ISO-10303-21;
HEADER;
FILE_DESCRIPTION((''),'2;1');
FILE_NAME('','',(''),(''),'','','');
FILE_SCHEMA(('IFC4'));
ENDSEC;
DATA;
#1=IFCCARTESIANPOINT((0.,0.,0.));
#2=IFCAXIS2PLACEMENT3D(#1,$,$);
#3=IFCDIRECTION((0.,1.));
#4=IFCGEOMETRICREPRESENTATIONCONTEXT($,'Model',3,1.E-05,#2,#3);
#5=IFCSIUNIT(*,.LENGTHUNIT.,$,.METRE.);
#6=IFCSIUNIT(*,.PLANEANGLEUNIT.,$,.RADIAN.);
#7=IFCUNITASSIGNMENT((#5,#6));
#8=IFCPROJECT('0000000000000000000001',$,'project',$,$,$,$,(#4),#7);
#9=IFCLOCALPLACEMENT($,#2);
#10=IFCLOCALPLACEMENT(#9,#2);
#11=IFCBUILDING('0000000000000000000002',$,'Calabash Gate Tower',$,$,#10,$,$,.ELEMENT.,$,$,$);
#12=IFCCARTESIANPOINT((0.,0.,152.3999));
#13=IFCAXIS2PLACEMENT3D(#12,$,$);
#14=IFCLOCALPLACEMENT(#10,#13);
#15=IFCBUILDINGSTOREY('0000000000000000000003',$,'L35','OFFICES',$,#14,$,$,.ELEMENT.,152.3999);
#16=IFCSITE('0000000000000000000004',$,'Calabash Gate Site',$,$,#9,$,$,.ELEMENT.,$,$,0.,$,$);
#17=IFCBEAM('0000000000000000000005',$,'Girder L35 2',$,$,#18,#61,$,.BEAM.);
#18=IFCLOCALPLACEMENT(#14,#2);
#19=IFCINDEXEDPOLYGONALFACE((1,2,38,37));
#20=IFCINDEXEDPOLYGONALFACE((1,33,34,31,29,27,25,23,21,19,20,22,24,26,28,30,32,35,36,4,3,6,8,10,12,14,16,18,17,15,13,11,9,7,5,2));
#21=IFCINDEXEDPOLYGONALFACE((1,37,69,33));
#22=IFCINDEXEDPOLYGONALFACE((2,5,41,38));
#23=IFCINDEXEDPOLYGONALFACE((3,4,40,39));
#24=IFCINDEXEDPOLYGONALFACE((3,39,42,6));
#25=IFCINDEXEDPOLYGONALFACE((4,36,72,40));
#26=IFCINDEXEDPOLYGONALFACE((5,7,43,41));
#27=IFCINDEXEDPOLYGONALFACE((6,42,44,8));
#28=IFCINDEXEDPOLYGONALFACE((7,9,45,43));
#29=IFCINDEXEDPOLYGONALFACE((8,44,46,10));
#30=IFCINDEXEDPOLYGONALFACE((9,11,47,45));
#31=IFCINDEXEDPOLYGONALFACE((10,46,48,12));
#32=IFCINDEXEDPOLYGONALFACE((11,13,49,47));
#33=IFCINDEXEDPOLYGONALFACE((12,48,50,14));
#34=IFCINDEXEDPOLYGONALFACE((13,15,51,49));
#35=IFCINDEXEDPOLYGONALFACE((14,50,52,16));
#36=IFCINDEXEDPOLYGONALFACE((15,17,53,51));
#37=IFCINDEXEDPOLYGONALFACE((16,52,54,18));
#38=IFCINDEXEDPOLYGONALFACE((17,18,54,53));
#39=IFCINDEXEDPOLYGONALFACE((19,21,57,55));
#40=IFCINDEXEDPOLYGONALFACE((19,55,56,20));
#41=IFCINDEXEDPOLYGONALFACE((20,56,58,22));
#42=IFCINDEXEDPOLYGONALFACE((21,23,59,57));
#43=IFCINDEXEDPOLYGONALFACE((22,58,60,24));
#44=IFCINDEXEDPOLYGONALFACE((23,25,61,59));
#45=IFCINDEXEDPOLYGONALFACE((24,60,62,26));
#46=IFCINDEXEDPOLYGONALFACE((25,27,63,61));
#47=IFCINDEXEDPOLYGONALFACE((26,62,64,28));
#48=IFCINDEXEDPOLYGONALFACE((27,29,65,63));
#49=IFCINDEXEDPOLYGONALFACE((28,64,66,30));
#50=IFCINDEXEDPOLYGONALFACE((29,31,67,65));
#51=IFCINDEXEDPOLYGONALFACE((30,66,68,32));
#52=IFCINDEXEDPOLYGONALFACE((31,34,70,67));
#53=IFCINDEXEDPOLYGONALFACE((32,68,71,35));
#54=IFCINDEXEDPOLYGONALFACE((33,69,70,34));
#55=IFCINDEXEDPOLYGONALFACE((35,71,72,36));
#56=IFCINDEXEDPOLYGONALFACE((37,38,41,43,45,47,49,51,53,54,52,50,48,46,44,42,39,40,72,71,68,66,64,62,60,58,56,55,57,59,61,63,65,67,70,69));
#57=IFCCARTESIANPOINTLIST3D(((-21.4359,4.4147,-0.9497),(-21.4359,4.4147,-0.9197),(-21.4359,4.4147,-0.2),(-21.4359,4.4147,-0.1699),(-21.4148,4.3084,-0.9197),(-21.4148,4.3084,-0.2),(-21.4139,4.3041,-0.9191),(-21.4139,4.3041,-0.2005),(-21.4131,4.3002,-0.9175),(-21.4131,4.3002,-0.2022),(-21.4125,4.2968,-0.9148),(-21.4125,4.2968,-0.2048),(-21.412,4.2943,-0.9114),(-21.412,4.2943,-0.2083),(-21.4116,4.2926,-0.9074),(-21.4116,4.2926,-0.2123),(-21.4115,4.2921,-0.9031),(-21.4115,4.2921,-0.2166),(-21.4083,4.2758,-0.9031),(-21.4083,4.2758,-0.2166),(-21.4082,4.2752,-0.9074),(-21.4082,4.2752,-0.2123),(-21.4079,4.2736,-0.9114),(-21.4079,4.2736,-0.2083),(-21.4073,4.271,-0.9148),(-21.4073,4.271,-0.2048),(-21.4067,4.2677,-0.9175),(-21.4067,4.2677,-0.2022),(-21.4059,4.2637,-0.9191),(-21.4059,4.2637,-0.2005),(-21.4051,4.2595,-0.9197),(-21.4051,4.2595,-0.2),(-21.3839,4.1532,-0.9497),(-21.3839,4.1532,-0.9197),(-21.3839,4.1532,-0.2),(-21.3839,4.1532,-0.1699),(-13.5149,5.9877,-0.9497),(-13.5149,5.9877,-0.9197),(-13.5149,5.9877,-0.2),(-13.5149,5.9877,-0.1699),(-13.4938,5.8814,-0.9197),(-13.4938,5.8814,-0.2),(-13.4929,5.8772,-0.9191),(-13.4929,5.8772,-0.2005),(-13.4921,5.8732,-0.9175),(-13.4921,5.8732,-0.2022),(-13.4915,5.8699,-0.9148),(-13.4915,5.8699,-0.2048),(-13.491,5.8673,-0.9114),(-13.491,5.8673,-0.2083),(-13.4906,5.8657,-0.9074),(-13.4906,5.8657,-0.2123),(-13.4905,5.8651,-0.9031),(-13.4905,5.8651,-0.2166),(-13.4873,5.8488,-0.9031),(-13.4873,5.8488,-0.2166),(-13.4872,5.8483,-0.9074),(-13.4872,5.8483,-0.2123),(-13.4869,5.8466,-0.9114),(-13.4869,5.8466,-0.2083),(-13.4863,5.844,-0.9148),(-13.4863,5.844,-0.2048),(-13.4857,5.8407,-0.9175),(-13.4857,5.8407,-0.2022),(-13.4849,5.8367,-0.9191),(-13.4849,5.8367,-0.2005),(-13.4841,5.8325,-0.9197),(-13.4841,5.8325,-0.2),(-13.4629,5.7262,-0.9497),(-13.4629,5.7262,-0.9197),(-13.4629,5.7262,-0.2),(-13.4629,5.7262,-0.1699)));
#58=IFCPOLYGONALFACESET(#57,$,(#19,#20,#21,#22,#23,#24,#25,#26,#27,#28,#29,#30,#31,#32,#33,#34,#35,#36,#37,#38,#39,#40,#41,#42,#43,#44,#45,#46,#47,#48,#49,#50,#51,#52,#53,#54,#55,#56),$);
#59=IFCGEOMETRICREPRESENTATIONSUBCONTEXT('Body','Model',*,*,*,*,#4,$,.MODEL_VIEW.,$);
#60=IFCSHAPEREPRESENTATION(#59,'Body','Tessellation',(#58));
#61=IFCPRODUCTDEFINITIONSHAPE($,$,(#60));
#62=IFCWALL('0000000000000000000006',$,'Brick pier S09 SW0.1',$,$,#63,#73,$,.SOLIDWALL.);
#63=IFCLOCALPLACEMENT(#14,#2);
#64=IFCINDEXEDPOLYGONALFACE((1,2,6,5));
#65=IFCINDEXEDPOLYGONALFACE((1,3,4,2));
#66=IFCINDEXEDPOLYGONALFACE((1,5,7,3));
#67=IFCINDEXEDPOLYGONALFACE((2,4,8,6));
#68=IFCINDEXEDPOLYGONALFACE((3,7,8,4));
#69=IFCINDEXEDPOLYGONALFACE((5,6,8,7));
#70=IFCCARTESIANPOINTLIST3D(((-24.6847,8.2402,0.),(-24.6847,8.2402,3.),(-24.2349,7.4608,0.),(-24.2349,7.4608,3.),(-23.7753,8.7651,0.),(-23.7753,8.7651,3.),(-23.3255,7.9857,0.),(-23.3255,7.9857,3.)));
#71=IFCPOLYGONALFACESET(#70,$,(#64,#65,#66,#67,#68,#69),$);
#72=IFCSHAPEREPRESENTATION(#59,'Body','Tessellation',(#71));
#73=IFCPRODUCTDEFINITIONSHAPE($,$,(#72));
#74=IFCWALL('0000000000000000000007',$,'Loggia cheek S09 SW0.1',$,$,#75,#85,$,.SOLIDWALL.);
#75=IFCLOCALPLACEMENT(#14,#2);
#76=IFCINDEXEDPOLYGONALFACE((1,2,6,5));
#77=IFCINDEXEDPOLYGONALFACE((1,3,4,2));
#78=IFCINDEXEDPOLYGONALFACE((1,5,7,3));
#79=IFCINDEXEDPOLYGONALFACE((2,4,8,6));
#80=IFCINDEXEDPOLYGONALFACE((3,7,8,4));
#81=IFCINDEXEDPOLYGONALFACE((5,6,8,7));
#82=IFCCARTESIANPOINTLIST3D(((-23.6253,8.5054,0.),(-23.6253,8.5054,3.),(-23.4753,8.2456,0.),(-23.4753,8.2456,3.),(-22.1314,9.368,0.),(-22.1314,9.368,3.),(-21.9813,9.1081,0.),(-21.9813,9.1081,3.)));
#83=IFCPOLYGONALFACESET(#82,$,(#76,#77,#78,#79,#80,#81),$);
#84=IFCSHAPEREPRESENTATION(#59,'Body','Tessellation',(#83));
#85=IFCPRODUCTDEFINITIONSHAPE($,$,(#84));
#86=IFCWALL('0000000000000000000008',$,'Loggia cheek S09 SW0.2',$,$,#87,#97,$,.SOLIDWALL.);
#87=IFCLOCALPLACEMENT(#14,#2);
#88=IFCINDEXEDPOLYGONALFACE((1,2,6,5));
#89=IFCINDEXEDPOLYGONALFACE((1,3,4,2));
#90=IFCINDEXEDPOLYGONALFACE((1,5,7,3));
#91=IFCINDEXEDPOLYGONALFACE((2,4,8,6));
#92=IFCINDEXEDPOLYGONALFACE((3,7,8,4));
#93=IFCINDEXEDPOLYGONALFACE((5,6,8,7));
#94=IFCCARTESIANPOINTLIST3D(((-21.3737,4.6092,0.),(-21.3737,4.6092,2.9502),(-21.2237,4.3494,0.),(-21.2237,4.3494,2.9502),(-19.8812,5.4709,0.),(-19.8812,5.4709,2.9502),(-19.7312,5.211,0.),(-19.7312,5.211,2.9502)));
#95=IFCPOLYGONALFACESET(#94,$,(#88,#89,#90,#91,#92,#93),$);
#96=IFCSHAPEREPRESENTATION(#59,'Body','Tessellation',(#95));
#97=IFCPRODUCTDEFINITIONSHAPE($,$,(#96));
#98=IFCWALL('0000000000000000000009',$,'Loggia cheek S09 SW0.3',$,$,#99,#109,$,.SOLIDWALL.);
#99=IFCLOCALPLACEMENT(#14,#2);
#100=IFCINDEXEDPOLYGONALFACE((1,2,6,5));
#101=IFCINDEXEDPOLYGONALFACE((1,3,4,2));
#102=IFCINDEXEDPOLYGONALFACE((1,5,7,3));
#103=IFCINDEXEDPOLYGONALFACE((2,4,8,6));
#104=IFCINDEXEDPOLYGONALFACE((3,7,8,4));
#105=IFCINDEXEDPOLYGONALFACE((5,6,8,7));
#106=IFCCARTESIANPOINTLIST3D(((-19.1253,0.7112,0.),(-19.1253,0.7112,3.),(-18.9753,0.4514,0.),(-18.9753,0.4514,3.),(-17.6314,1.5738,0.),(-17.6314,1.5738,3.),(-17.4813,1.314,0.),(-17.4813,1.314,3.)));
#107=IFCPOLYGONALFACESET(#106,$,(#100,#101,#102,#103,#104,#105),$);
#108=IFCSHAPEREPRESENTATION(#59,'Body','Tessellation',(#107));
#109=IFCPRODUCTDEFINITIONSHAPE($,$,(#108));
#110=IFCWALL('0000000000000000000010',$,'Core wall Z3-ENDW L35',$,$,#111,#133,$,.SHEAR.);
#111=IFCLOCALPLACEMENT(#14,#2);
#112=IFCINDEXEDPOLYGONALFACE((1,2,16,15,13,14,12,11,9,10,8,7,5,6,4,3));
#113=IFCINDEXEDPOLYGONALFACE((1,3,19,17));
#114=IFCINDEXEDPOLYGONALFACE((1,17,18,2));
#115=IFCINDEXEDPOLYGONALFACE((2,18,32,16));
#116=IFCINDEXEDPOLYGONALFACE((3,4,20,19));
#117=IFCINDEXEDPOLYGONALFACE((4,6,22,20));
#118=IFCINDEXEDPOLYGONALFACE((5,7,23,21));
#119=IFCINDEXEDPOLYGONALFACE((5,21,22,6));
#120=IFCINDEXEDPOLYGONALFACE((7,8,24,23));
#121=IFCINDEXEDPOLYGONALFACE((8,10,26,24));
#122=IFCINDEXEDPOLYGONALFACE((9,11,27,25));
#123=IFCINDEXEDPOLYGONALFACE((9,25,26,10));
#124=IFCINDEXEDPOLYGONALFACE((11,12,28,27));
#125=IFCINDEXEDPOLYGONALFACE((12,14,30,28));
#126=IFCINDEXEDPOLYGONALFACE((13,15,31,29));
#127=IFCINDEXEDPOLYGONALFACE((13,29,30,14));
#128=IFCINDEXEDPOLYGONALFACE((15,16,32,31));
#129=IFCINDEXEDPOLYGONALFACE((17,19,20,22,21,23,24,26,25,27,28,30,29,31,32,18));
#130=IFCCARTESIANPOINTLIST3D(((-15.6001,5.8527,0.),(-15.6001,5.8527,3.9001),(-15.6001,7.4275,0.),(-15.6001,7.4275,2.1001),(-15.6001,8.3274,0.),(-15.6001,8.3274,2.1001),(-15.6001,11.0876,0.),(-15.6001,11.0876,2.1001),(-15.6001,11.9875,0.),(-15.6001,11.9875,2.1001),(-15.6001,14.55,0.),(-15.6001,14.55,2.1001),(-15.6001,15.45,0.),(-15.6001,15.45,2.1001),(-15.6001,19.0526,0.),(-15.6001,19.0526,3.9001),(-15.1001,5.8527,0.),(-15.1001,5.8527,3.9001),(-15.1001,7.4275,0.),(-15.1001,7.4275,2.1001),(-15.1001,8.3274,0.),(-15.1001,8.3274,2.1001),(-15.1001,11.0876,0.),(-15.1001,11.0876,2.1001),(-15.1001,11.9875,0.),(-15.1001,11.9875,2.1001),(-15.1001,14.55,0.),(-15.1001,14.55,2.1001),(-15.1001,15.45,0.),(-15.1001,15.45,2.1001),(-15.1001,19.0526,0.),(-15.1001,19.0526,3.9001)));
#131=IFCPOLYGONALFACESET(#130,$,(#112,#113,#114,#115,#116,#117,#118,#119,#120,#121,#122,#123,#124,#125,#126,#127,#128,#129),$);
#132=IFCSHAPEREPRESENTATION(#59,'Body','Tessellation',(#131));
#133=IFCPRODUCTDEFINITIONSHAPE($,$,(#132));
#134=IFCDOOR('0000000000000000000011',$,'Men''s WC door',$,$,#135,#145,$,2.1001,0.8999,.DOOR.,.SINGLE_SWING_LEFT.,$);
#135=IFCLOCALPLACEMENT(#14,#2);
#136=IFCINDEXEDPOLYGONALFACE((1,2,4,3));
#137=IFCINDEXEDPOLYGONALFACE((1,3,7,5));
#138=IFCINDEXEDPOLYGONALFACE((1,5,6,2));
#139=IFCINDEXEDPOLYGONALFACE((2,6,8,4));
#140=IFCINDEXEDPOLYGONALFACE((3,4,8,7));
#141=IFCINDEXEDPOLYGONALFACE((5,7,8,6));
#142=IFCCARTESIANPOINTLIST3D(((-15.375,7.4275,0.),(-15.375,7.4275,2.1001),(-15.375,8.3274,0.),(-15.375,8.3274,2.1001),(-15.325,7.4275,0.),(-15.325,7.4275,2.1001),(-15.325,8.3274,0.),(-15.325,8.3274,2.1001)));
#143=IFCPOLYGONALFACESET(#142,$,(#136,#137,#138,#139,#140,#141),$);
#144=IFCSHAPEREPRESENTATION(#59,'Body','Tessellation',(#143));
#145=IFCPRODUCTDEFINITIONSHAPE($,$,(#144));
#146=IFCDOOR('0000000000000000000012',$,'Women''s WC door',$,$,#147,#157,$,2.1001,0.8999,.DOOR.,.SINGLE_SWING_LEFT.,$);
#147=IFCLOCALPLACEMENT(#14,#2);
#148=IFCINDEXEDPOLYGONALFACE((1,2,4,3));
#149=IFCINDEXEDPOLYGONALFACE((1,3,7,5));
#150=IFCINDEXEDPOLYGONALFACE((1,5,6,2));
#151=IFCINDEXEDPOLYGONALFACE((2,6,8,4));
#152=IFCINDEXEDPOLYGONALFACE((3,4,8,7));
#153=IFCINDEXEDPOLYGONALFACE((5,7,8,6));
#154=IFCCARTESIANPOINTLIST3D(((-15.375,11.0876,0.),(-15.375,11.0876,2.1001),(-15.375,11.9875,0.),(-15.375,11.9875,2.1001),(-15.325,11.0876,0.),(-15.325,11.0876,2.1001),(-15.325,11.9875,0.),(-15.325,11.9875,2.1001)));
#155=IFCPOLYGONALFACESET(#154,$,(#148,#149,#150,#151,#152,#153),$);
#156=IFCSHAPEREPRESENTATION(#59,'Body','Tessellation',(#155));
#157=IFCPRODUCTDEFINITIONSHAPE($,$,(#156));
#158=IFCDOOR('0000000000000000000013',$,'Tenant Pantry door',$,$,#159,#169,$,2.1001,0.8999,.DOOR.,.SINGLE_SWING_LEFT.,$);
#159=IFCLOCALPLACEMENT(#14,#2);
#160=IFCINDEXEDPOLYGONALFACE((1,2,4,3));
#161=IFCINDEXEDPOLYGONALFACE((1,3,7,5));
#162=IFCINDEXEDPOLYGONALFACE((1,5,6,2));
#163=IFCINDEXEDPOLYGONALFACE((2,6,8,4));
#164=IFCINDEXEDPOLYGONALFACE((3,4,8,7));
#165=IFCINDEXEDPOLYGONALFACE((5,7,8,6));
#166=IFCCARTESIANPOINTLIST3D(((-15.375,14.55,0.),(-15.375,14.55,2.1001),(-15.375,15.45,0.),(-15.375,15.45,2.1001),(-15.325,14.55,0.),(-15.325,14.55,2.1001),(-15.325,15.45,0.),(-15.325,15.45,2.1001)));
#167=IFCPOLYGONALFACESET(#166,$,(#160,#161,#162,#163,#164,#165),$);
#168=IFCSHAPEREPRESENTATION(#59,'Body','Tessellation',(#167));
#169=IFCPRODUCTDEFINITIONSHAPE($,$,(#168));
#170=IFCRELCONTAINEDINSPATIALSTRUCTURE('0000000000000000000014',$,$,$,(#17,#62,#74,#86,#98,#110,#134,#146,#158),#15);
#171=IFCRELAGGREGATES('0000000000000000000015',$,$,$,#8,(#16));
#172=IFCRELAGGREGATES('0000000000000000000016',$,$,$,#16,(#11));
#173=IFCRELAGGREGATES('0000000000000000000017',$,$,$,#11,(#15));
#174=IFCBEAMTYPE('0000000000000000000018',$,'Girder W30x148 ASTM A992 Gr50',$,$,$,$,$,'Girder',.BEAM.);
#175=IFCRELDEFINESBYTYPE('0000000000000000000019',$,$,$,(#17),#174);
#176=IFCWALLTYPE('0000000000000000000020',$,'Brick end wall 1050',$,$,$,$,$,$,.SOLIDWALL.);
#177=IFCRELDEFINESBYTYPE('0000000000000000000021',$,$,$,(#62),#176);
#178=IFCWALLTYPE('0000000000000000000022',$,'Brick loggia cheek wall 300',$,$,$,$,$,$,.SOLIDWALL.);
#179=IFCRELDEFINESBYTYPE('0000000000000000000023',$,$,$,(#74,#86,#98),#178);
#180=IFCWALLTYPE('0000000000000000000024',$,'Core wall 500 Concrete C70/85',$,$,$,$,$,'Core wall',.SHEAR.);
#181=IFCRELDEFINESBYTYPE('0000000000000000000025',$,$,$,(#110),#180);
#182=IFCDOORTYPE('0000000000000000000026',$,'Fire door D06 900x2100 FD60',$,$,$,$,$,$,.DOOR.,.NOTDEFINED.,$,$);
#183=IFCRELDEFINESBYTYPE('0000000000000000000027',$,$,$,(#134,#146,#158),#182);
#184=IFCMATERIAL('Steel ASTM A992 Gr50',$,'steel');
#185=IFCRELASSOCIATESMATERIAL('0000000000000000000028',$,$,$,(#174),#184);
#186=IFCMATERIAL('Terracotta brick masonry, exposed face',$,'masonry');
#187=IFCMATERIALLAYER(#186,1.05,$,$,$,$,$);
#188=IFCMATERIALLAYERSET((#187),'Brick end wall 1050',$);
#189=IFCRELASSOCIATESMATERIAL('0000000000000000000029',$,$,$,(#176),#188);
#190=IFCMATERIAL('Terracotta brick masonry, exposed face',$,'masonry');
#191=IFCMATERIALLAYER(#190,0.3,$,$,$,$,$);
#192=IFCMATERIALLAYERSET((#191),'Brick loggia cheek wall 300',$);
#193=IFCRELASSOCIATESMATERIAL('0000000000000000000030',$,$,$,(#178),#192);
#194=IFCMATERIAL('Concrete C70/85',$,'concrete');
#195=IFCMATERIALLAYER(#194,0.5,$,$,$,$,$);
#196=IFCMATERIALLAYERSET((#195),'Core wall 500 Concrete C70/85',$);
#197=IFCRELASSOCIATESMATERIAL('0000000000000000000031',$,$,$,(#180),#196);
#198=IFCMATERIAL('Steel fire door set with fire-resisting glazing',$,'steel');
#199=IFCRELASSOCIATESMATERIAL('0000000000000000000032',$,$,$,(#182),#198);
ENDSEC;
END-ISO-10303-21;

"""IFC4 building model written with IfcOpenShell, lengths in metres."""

from ifc_helpers import new_model, si_unit, direction, frame, frame_2d, origin, origin_2d, place, context, subcontext, project, spatial, rectangle, i_section, extrude, material, layer, layer_set, material_profile, profile_set, type_object, element, fill, save


model = new_model("IFC4")

# Units and contexts
model_context = context("Model", 3, precision=1e-05, world=origin(), true_north=direction((0.0, 1.0)))
body_context = subcontext(model_context, "Body", "Model", "MODEL_VIEW")
ifc_project = project(units=[si_unit("LENGTHUNIT", "METRE"), si_unit("PLANEANGLEUNIT", "RADIAN")], contexts=[model_context])

# Site, building, storey
site_placement = place(None, origin())
site = spatial("IfcSite", under=ifc_project, at=site_placement, Name="Calabash Gate Site", CompositionType="ELEMENT", RefElevation=0.0)
building_placement = place(site_placement, origin())
building = spatial("IfcBuilding", under=site, at=building_placement, Name="Calabash Gate Tower", CompositionType="ELEMENT")
storey_placement = place(building_placement, frame((0.0, 0.0, 152.3999)))
storey = spatial("IfcBuildingStorey", under=building, at=storey_placement, Name="L35", Description="OFFICES", CompositionType="ELEMENT", Elevation=152.3999)

# Beam
ifc_material_1 = material(Name="Steel ASTM A992 Gr50", Category="steel")
ifc_material_profile_1 = material_profile(ifc_material_1, i_section(OverallWidth=0.2666, OverallDepth=0.7798, WebThickness=0.0166, FlangeThickness=0.03, FilletRadius=0.0166, at=origin_2d()))
ifc_profile_set_1 = profile_set([ifc_material_profile_1], Name="Steel ASTM A992 Gr50")
beam_type_1 = type_object("IfcBeamType", Name="Girder W30x148 ASTM A992 Gr50", ElementType="Girder", PredefinedType="BEAM", material=ifc_profile_set_1)
beam_1_placement = place(storey_placement, frame((-21.4099, 4.2839, -0.5598), z_axis=(0.980846, 0.194785, 0.0), x_axis=(-0.194785, 0.980846, 0.0)))
element("IfcBeam", 1, at=beam_1_placement, inside=storey, type_object=beam_type_1, Name="Girder L35 2", PredefinedType="BEAM", context=body_context, shape_type="SweptSolid", body=[
    extrude(i_section(OverallWidth=0.2666, OverallDepth=0.7798, WebThickness=0.0166, FlangeThickness=0.03, FilletRadius=0.0166, at=origin_2d()), origin(), (0.0, 0.0, 1.0), 8.0757),
])

# Walls
ifc_material_2 = material(Name="Terracotta brick masonry, exposed face", Category="masonry")
ifc_layer_1 = layer(ifc_material_2, 1.05)
ifc_layer_set_1 = layer_set([ifc_layer_1], Name="Brick end wall 1050")
wall_type_1 = type_object("IfcWallType", Name="Brick end wall 1050", PredefinedType="SOLIDWALL", material=ifc_layer_set_1)
wall_1_placement = place(storey_placement, frame((-24.4597, 7.8506, 0.0), z_axis=(0.0, 0.0, 1.0), x_axis=(0.866089, 0.49989, 0.0)))
element("IfcWall", 2, at=wall_1_placement, inside=storey, type_object=wall_type_1, Name="Brick pier S09 SW0.1", PredefinedType="SOLIDWALL", context=body_context, shape_type="SweptSolid", body=[
    extrude(rectangle(XDim=1.05, YDim=0.8999, at=frame_2d((0.5249, 0.0))), origin(), (0.0, 0.0, 1.0), 3.0),
])
ifc_material_3 = material(Name="Terracotta brick masonry, exposed face", Category="masonry")
ifc_layer_2 = layer(ifc_material_3, 0.3)
ifc_layer_set_2 = layer_set([ifc_layer_2], Name="Brick loggia cheek wall 300")
wall_type_2 = type_object("IfcWallType", Name="Brick loggia cheek wall 300", PredefinedType="SOLIDWALL", material=ifc_layer_set_2)
wall_2_placement = place(storey_placement, frame((-23.5503, 8.3755, 0.0), z_axis=(0.0, 0.0, 1.0), x_axis=(0.866014, 0.500021, 0.0)))
element("IfcWall", 3, at=wall_2_placement, inside=storey, type_object=wall_type_2, Name="Loggia cheek S09 SW0.1", PredefinedType="SOLIDWALL", context=body_context, shape_type="SweptSolid", body=[
    extrude(rectangle(XDim=1.7251, YDim=0.3, at=frame_2d((0.8625, 0.0))), origin(), (0.0, 0.0, 1.0), 3.0),
])
wall_3_placement = place(storey_placement, frame((-21.2988, 4.4792, 0.0), z_axis=(0.0, 0.0, 1.0), x_axis=(0.866046, 0.499964, 0.0)))
element("IfcWall", 4, at=wall_3_placement, inside=storey, type_object=wall_type_2, Name="Loggia cheek S09 SW0.2", PredefinedType="SOLIDWALL", context=body_context, shape_type="SweptSolid", body=[
    extrude(rectangle(XDim=1.7234, YDim=0.3, at=frame_2d((0.8618, 0.0))), origin(), (0.0, 0.0, 1.0), 2.9502),
])
wall_4_placement = place(storey_placement, frame((-19.0503, 0.5813, 0.0), z_axis=(0.0, 0.0, 1.0), x_axis=(0.866014, 0.500021, 0.0)))
element("IfcWall", 5, at=wall_4_placement, inside=storey, type_object=wall_type_2, Name="Loggia cheek S09 SW0.3", PredefinedType="SOLIDWALL", context=body_context, shape_type="SweptSolid", body=[
    extrude(rectangle(XDim=1.7251, YDim=0.3, at=frame_2d((0.8625, 0.0))), origin(), (0.0, 0.0, 1.0), 3.0),
])

# Wall, openings, doors
ifc_material_4 = material(Name="Concrete C70/85", Category="concrete")
ifc_layer_3 = layer(ifc_material_4, 0.5)
ifc_layer_set_3 = layer_set([ifc_layer_3], Name="Core wall 500 Concrete C70/85")
wall_type_3 = type_object("IfcWallType", Name="Core wall 500 Concrete C70/85", ElementType="Core wall", PredefinedType="SHEAR", material=ifc_layer_set_3)
wall_5_placement = place(storey_placement, frame((-15.3501, 5.8525, 0.0), z_axis=(0.0, 0.0, 1.0), x_axis=(0.0, 1.0, 0.0)))
wall_5 = element("IfcWall", 6, at=wall_5_placement, inside=storey, type_object=wall_type_3, Name="Core wall Z3-ENDW L35", PredefinedType="SHEAR", context=body_context, shape_type="SweptSolid", body=[
    extrude(rectangle(XDim=13.2, YDim=0.5, at=frame_2d((6.6001, 0.0))), origin(), (0.0, 0.0, 1.0), 3.9001),
])
opening_1_placement = place(wall_5_placement, frame((1.575, 0.0, 0.0)))
opening_1 = element("IfcOpeningElement", 7, at=opening_1_placement, cuts=wall_5, PredefinedType="OPENING", context=body_context, shape_type="SweptSolid", body=[
    extrude(rectangle(XDim=0.8999, YDim=2.1001, at=frame_2d((0.45, 1.05))), frame((0.0, 0.26, 0.0), z_axis=(0.0, -1.0, 0.0), x_axis=(1.0, 0.0, 0.0)), (0.0, 0.0, 1.0), 0.52),
])
opening_2_placement = place(wall_5_placement, frame((5.2351, 0.0, 0.0)))
opening_2 = element("IfcOpeningElement", 8, at=opening_2_placement, cuts=wall_5, PredefinedType="OPENING", context=body_context, shape_type="SweptSolid", body=[
    extrude(rectangle(XDim=0.8999, YDim=2.1001, at=frame_2d((0.45, 1.05))), frame((0.0, 0.26, 0.0), z_axis=(0.0, -1.0, 0.0), x_axis=(1.0, 0.0, 0.0)), (0.0, 0.0, 1.0), 0.52),
])
opening_3_placement = place(wall_5_placement, frame((8.6975, 0.0, 0.0)))
opening_3 = element("IfcOpeningElement", 9, at=opening_3_placement, cuts=wall_5, PredefinedType="OPENING", context=body_context, shape_type="SweptSolid", body=[
    extrude(rectangle(XDim=0.8999, YDim=2.1001, at=frame_2d((0.45, 1.05))), frame((0.0, 0.26, 0.0), z_axis=(0.0, -1.0, 0.0), x_axis=(1.0, 0.0, 0.0)), (0.0, 0.0, 1.0), 0.52),
])
ifc_material_5 = material(Name="Steel fire door set with fire-resisting glazing", Category="steel")
door_type_1 = type_object("IfcDoorType", Name="Fire door D06 900x2100 FD60", OperationType="NOTDEFINED", PredefinedType="DOOR", material=ifc_material_5)
door_1_placement = place(opening_1_placement, origin())
door_1 = element("IfcDoor", 10, at=door_1_placement, inside=storey, type_object=door_type_1, Name="Men's WC door", OperationType="SINGLE_SWING_LEFT", OverallHeight=2.1001, OverallWidth=0.8999, PredefinedType="DOOR", context=body_context, shape_type="SweptSolid", body=[
    extrude(rectangle(XDim=0.8999, YDim=2.1001, at=frame_2d((0.45, 1.05))), frame((0.0, 0.0249, 0.0), z_axis=(0.0, -1.0, 0.0), x_axis=(1.0, 0.0, 0.0)), (0.0, 0.0, 1.0), 0.05),
])
fill(opening_1, door_1)
door_2_placement = place(opening_2_placement, origin())
door_2 = element("IfcDoor", 11, at=door_2_placement, inside=storey, type_object=door_type_1, Name="Women's WC door", OperationType="SINGLE_SWING_LEFT", OverallHeight=2.1001, OverallWidth=0.8999, PredefinedType="DOOR", context=body_context, shape_type="SweptSolid", body=[
    extrude(rectangle(XDim=0.8999, YDim=2.1001, at=frame_2d((0.45, 1.05))), frame((0.0, 0.0249, 0.0), z_axis=(0.0, -1.0, 0.0), x_axis=(1.0, 0.0, 0.0)), (0.0, 0.0, 1.0), 0.05),
])
fill(opening_2, door_2)
door_3_placement = place(opening_3_placement, origin())
door_3 = element("IfcDoor", 12, at=door_3_placement, inside=storey, type_object=door_type_1, Name="Tenant Pantry door", OperationType="SINGLE_SWING_LEFT", OverallHeight=2.1001, OverallWidth=0.8999, PredefinedType="DOOR", context=body_context, shape_type="SweptSolid", body=[
    extrude(rectangle(XDim=0.8999, YDim=2.1001, at=frame_2d((0.45, 1.05))), frame((0.0, 0.0249, 0.0), z_axis=(0.0, -1.0, 0.0), x_axis=(1.0, 0.0, 0.0)), (0.0, 0.0, 1.0), 0.05),
])
fill(opening_3, door_3)

save(model, "model.ifc")
